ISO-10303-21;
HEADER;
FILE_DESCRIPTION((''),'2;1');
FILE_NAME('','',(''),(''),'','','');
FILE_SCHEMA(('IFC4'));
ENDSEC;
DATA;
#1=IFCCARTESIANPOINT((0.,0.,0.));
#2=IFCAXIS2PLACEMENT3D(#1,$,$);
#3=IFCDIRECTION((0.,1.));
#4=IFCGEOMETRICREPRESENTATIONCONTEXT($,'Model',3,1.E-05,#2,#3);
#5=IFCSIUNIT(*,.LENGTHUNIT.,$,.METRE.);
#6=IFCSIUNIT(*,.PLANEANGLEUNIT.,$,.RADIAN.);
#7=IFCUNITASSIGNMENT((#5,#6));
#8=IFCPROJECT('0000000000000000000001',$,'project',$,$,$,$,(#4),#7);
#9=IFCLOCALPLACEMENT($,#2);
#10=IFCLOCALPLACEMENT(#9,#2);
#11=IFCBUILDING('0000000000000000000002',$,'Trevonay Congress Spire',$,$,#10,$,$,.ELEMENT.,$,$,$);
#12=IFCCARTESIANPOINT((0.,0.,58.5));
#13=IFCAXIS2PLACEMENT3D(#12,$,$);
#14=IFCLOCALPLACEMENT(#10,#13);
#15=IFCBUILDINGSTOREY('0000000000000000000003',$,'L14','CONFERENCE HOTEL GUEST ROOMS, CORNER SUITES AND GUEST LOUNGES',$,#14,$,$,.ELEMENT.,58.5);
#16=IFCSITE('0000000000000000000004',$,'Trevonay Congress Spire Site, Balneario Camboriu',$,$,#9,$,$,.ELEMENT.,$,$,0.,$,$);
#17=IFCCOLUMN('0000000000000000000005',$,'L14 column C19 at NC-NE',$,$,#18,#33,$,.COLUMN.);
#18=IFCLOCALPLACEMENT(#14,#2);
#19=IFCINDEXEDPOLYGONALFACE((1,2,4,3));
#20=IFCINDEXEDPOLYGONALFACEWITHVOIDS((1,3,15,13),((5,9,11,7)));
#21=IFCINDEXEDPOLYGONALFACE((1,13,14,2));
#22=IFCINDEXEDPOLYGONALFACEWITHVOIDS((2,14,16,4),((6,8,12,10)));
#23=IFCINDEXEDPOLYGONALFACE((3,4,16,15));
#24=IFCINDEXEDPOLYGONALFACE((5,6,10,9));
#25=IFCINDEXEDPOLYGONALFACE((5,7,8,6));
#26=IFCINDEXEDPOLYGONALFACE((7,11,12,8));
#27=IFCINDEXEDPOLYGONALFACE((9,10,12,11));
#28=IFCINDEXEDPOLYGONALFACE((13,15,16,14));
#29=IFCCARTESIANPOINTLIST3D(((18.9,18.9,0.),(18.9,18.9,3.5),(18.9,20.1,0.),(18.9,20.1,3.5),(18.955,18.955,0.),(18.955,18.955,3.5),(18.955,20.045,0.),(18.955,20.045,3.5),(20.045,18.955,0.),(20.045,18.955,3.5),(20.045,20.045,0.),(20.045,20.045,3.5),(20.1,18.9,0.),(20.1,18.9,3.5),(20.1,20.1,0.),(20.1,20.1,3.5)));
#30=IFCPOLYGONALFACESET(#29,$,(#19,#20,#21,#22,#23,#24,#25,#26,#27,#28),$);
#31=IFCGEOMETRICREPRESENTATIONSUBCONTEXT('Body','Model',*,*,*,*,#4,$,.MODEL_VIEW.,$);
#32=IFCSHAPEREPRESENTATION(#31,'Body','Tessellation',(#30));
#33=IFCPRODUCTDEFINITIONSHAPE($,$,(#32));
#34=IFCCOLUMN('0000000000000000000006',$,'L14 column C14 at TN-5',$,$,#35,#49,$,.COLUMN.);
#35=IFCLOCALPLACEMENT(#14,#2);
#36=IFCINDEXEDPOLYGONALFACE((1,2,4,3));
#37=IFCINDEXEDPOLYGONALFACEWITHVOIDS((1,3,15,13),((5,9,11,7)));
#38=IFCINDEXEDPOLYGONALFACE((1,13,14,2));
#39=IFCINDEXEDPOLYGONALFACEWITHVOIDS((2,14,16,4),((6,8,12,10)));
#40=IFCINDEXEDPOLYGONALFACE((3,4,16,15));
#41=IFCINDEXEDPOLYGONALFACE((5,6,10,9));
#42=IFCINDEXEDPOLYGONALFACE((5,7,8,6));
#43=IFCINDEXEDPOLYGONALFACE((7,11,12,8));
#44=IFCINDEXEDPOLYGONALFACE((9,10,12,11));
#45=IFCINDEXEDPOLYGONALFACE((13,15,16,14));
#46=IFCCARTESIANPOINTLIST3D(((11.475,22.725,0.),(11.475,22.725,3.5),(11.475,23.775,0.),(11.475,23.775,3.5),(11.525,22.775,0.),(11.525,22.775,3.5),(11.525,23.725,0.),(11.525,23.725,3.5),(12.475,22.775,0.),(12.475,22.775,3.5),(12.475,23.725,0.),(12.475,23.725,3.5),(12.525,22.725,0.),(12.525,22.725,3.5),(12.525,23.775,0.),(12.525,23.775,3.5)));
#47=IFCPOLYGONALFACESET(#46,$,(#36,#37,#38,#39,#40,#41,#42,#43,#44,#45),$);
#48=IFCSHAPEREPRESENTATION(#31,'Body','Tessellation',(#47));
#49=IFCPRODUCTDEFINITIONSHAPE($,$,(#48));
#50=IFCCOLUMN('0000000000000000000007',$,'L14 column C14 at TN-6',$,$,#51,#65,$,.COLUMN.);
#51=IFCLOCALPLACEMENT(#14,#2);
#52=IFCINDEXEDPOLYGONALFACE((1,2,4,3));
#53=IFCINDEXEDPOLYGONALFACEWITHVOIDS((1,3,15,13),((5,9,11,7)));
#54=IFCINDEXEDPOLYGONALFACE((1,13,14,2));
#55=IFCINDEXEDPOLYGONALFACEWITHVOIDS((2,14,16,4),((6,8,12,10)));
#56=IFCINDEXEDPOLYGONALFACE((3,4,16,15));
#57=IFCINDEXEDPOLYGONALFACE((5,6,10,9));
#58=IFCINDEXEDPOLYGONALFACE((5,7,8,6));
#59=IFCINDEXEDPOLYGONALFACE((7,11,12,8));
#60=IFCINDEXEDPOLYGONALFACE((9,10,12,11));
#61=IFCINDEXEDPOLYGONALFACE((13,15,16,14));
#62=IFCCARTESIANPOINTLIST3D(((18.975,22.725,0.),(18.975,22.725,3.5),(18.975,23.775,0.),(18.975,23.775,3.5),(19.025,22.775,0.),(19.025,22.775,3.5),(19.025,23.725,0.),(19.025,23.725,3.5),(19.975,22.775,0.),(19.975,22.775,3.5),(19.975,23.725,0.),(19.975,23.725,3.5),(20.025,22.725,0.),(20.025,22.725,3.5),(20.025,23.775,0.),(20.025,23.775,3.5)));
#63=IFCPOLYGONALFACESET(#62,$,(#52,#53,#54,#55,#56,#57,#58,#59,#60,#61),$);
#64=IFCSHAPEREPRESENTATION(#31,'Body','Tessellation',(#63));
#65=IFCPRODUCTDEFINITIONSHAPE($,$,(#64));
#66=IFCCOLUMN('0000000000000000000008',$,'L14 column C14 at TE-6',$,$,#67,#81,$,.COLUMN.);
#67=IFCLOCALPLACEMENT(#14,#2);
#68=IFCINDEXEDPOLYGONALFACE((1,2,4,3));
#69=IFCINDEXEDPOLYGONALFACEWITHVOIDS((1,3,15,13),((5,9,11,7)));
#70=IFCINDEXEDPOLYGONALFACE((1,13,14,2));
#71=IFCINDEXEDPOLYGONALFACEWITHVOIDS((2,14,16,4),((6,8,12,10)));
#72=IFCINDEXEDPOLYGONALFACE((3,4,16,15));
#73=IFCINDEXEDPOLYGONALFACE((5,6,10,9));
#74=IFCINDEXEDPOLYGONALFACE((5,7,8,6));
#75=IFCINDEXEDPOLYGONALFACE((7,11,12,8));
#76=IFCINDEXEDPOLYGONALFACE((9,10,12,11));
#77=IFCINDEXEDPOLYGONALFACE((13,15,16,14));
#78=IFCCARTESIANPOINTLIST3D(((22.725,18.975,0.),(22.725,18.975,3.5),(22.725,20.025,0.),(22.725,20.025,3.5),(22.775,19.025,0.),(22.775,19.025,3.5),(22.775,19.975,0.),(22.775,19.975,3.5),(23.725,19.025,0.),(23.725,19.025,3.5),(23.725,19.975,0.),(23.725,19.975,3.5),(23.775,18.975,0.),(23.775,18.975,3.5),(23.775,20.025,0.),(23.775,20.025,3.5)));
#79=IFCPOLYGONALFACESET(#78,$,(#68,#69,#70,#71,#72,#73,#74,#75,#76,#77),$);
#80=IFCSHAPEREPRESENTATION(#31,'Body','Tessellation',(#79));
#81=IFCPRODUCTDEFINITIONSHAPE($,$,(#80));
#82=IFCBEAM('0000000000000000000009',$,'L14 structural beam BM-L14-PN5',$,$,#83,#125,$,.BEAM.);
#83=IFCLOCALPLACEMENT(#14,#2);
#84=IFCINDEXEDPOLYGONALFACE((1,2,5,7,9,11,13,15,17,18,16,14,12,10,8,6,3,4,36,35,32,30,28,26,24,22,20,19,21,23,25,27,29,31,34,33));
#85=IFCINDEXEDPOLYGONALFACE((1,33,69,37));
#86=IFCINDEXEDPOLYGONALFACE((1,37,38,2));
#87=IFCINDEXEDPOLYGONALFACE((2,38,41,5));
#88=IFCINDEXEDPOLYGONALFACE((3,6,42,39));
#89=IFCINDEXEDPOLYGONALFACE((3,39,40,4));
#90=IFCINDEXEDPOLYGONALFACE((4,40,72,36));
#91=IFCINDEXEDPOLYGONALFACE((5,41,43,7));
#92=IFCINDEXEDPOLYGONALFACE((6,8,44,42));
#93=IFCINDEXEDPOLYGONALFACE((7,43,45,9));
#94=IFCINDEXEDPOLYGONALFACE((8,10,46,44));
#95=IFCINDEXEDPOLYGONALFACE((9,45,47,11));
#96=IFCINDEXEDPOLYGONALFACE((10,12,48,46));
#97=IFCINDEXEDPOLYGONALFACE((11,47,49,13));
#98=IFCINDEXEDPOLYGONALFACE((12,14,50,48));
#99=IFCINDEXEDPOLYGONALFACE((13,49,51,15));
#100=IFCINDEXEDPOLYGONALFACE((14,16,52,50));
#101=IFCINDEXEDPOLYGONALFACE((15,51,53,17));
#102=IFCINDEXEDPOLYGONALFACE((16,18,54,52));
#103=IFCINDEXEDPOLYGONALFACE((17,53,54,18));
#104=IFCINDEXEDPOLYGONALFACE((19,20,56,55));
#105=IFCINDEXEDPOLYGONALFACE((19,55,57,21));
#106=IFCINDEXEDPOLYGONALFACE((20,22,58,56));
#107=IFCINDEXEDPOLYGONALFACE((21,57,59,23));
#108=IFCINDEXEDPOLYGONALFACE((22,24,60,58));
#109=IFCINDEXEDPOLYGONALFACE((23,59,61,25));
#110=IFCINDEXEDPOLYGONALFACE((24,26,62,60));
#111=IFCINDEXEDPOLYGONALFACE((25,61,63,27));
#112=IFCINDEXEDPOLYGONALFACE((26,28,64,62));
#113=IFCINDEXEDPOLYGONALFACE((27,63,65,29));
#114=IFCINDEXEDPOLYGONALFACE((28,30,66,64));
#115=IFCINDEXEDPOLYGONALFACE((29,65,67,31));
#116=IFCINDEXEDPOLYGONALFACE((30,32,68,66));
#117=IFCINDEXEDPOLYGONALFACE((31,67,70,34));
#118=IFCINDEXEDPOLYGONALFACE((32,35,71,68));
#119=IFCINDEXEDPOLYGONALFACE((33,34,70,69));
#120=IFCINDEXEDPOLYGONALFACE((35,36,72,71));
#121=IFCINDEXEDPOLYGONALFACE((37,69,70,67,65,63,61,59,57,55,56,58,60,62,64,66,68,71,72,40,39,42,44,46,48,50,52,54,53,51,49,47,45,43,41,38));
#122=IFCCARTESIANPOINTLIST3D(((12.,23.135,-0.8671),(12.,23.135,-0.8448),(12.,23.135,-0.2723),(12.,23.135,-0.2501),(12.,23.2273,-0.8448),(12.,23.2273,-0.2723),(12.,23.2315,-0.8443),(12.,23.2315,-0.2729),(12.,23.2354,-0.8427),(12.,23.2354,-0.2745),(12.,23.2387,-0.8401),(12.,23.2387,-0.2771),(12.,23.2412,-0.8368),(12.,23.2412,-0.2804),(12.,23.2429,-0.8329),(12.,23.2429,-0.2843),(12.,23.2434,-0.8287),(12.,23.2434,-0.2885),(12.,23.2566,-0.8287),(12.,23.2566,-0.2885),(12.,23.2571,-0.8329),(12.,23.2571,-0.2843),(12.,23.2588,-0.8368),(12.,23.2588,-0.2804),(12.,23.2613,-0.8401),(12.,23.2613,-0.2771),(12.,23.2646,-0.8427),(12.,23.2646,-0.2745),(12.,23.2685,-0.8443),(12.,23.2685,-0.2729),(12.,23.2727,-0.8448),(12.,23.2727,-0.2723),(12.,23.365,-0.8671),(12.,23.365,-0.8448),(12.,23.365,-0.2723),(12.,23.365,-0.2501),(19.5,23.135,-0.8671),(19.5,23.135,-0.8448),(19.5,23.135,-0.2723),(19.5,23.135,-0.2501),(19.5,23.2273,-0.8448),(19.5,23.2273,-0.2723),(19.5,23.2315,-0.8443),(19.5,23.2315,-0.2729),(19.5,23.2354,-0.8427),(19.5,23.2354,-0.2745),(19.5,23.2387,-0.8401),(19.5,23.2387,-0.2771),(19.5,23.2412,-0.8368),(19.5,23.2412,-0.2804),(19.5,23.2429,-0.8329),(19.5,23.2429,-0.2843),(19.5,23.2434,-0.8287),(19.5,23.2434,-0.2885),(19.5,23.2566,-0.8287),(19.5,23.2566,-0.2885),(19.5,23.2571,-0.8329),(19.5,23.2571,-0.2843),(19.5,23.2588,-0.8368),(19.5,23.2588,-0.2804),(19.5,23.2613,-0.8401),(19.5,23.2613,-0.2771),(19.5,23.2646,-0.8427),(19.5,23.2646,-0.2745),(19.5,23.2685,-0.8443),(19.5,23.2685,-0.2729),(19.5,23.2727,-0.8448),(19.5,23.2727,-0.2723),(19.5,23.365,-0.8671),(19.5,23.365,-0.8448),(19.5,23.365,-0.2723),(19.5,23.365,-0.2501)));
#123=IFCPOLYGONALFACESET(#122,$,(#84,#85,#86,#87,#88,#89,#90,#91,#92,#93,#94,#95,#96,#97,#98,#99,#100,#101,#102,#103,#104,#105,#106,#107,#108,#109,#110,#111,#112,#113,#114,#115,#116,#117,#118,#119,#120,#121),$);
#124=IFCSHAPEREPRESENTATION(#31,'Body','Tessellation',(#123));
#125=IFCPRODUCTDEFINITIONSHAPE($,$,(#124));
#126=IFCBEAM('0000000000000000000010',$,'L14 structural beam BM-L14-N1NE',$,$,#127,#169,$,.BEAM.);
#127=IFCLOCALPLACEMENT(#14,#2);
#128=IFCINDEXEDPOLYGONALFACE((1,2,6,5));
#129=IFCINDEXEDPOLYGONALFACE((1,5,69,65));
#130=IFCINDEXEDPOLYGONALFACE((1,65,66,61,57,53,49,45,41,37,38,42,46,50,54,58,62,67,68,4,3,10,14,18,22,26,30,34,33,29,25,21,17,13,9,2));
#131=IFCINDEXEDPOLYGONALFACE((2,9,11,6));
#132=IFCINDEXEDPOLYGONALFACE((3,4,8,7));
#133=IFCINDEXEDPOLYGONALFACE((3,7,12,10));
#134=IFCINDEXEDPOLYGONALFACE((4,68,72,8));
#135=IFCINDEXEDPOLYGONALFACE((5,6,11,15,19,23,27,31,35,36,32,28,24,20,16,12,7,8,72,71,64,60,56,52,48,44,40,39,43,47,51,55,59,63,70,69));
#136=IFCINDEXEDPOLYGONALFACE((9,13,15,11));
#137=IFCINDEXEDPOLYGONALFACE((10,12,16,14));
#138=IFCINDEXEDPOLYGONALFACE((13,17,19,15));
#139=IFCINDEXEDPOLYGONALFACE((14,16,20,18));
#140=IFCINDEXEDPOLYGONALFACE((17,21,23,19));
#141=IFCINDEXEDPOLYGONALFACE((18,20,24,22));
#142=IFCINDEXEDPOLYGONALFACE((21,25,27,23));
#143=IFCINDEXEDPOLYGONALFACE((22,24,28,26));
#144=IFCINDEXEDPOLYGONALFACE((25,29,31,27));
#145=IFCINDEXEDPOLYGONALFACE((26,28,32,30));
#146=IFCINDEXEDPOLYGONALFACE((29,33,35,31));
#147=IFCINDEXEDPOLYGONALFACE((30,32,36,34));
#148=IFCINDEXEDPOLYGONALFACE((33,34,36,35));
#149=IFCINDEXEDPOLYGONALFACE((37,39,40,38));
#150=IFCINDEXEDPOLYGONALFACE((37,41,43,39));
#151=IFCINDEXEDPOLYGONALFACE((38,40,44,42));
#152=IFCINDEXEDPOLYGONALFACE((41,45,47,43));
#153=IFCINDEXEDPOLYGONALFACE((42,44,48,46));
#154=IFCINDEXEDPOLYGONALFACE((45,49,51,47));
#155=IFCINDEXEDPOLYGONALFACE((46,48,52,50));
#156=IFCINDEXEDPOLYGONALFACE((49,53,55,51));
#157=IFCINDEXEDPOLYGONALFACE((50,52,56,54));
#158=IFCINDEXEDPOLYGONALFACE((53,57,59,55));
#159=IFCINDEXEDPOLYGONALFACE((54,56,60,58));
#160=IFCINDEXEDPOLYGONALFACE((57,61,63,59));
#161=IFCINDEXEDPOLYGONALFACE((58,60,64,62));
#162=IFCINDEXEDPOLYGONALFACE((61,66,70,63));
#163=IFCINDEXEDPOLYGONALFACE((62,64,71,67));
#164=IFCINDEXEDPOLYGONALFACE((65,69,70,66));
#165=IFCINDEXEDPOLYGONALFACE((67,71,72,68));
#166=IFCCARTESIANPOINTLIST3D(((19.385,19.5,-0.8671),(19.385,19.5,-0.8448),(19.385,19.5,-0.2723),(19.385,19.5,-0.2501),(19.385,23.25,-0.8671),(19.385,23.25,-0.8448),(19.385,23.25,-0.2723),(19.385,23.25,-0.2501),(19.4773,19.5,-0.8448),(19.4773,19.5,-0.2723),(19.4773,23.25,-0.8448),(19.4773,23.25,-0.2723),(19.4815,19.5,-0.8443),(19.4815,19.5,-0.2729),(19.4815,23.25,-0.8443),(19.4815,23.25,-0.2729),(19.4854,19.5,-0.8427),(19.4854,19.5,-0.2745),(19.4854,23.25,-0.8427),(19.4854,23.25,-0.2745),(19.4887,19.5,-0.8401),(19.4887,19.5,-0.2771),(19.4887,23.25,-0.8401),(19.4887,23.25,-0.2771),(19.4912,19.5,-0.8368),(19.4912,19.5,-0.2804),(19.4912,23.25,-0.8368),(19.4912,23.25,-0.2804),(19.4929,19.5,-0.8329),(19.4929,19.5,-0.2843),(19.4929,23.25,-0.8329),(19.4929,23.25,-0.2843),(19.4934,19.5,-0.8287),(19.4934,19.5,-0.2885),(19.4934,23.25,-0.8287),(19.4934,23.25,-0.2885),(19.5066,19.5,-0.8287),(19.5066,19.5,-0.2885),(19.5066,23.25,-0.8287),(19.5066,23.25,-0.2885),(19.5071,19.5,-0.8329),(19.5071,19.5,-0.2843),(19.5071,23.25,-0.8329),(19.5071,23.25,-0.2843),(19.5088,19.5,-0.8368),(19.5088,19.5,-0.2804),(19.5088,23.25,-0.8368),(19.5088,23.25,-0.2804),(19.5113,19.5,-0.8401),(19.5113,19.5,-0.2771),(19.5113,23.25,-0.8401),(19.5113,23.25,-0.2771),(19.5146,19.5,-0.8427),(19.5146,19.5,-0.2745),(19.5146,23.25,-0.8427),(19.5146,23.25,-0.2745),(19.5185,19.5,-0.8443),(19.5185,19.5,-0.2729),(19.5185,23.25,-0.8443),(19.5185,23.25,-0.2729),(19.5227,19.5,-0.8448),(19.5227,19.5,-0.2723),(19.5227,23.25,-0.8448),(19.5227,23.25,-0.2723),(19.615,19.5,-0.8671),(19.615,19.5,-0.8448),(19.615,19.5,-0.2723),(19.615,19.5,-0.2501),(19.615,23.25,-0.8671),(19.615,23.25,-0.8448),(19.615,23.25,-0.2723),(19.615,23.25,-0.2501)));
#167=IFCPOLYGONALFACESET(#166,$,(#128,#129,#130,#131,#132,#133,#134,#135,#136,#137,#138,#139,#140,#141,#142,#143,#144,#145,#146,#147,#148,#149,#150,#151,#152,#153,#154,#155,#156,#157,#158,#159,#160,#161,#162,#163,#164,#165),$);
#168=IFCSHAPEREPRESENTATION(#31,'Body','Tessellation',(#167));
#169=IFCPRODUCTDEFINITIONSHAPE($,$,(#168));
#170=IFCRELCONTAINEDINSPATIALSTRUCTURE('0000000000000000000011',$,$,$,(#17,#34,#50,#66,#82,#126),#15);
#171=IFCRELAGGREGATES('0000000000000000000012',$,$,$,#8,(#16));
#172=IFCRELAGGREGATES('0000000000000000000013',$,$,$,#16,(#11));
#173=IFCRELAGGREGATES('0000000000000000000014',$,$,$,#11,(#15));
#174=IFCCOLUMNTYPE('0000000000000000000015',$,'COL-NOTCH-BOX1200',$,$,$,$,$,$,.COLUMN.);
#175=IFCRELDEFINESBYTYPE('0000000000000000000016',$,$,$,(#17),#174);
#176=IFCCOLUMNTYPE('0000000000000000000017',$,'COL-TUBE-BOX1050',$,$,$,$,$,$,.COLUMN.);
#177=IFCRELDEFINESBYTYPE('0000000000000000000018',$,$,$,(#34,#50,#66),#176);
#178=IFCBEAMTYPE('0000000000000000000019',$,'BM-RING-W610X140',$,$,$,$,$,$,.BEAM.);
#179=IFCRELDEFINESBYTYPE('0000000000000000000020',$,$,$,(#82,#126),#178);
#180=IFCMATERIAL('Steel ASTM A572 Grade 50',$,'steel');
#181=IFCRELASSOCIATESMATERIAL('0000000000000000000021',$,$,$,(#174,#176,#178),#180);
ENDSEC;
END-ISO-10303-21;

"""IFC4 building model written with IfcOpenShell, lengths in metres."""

from ifc_helpers import new_model, si_unit, direction, frame, origin, origin_2d, place, context, subcontext, project, spatial, hollow_rectangle, i_section, extrude, material, material_profile, profile_set, type_object, element, save


model = new_model("IFC4")

# Units and contexts
model_context = context("Model", 3, precision=1e-05, world=origin(), true_north=direction((0.0, 1.0)))
body_context = subcontext(model_context, "Body", "Model", "MODEL_VIEW")
ifc_project = project(units=[si_unit("LENGTHUNIT", "METRE"), si_unit("PLANEANGLEUNIT", "RADIAN")], contexts=[model_context])

# Site, building, storey
site_placement = place(None, origin())
site = spatial("IfcSite", under=ifc_project, at=site_placement, Name="Trevonay Congress Spire Site, Balneario Camboriu", CompositionType="ELEMENT", RefElevation=0.0)
building_placement = place(site_placement, origin())
building = spatial("IfcBuilding", under=site, at=building_placement, Name="Trevonay Congress Spire", CompositionType="ELEMENT")
storey_placement = place(building_placement, frame((0.0, 0.0, 58.5)))
storey = spatial("IfcBuildingStorey", under=building, at=storey_placement, Name="L14", Description="CONFERENCE HOTEL GUEST ROOMS, CORNER SUITES AND GUEST LOUNGES", CompositionType="ELEMENT", Elevation=58.5)

# Columns
ifc_material_1 = material(Name="Steel ASTM A572 Grade 50", Category="steel")
ifc_material_profile_1 = material_profile(ifc_material_1, hollow_rectangle(XDim=1.2, YDim=1.2, WallThickness=0.0549, at=origin_2d()), Name="BOX 1200x1200x55")
ifc_profile_set_1 = profile_set([ifc_material_profile_1], Name="Steel ASTM A572 Grade 50")
column_type_1 = type_object("IfcColumnType", Name="COL-NOTCH-BOX1200", PredefinedType="COLUMN", material=ifc_profile_set_1)
column_placement = place(storey_placement, frame((19.5, 19.5, 0.0), z_axis=(0.0, 0.0, 1.0), x_axis=(1.0, 0.0, 0.0)))
element("IfcColumn", 1, at=column_placement, inside=storey, type_object=column_type_1, Name="L14 column C19 at NC-NE", PredefinedType="COLUMN", context=body_context, shape_type="SweptSolid", body=[
    extrude(hollow_rectangle(XDim=1.2, YDim=1.2, WallThickness=0.0549, at=origin_2d()), origin(), (0.0, 0.0, 1.0), 3.5),
])
ifc_material_profile_2 = material_profile(ifc_material_1, hollow_rectangle(XDim=1.05, YDim=1.05, WallThickness=0.05, at=origin_2d()), Name="BOX 1050x1050x50")
ifc_profile_set_2 = profile_set([ifc_material_profile_2], Name="Steel ASTM A572 Grade 50")
column_type_2 = type_object("IfcColumnType", Name="COL-TUBE-BOX1050", PredefinedType="COLUMN", material=ifc_profile_set_2)
for number, where, z_axis, x_axis, name in (
    (2, (12.0, 23.25, 0.0), (0.0, 0.0, 1.0), (1.0, 0.0, 0.0), "L14 column C14 at TN-5"),
    (3, (19.5, 23.25, 0.0), (0.0, 0.0, 1.0), (1.0, 0.0, 0.0), "L14 column C14 at TN-6"),
    (4, (23.25, 19.5, 0.0), (0.0, 0.0, 1.0), (1.0, 0.0, 0.0), "L14 column C14 at TE-6"),
):
    element("IfcColumn", number, at=place(storey_placement, frame(where, z_axis=z_axis, x_axis=x_axis)), inside=storey, type_object=column_type_2, Name=name, PredefinedType="COLUMN", context=body_context, shape_type="SweptSolid", body=[
        extrude(hollow_rectangle(XDim=1.05, YDim=1.05, WallThickness=0.05, at=origin_2d()), origin(), (0.0, 0.0, 1.0), 3.5),
    ])

# Beams
ifc_material_profile_3 = material_profile(ifc_material_1, i_section(OverallWidth=0.23, OverallDepth=0.6169, WebThickness=0.0132, FlangeThickness=0.0222, FilletRadius=0.0161, at=origin_2d()), Name="W610x140")
ifc_profile_set_3 = profile_set([ifc_material_profile_3], Name="Steel ASTM A572 Grade 50")
beam_type = type_object("IfcBeamType", Name="BM-RING-W610X140", PredefinedType="BEAM", material=ifc_profile_set_3)
beam_placement = place(storey_placement, frame((12.0, 23.25, -0.5586), z_axis=(1.0, 0.0, 0.0), x_axis=(0.0, 1.0, 0.0)))
element("IfcBeam", 5, at=beam_placement, inside=storey, type_object=beam_type, Name="L14 structural beam BM-L14-PN5", PredefinedType="BEAM", context=body_context, shape_type="SweptSolid", body=[
    extrude(i_section(OverallWidth=0.23, OverallDepth=0.6169, WebThickness=0.0132, FlangeThickness=0.0222, FilletRadius=0.0161, at=origin_2d()), origin(), (0.0, 0.0, 1.0), 7.5),
])
for number, where, z_axis, x_axis, name in (
    (6, (19.5, 23.25, -0.5586), (0.0, -1.0, 0.0), (1.0, 0.0, 0.0), "L14 structural beam BM-L14-N1NE"),
):
    element("IfcBeam", number, at=place(storey_placement, frame(where, z_axis=z_axis, x_axis=x_axis)), inside=storey, type_object=beam_type, Name=name, PredefinedType="BEAM", context=body_context, shape_type="SweptSolid", body=[
        extrude(i_section(OverallWidth=0.23, OverallDepth=0.6169, WebThickness=0.0132, FlangeThickness=0.0222, FilletRadius=0.0161, at=origin_2d()), origin(), (0.0, 0.0, 1.0), 3.75),
    ])

save(model, "model.ifc")
